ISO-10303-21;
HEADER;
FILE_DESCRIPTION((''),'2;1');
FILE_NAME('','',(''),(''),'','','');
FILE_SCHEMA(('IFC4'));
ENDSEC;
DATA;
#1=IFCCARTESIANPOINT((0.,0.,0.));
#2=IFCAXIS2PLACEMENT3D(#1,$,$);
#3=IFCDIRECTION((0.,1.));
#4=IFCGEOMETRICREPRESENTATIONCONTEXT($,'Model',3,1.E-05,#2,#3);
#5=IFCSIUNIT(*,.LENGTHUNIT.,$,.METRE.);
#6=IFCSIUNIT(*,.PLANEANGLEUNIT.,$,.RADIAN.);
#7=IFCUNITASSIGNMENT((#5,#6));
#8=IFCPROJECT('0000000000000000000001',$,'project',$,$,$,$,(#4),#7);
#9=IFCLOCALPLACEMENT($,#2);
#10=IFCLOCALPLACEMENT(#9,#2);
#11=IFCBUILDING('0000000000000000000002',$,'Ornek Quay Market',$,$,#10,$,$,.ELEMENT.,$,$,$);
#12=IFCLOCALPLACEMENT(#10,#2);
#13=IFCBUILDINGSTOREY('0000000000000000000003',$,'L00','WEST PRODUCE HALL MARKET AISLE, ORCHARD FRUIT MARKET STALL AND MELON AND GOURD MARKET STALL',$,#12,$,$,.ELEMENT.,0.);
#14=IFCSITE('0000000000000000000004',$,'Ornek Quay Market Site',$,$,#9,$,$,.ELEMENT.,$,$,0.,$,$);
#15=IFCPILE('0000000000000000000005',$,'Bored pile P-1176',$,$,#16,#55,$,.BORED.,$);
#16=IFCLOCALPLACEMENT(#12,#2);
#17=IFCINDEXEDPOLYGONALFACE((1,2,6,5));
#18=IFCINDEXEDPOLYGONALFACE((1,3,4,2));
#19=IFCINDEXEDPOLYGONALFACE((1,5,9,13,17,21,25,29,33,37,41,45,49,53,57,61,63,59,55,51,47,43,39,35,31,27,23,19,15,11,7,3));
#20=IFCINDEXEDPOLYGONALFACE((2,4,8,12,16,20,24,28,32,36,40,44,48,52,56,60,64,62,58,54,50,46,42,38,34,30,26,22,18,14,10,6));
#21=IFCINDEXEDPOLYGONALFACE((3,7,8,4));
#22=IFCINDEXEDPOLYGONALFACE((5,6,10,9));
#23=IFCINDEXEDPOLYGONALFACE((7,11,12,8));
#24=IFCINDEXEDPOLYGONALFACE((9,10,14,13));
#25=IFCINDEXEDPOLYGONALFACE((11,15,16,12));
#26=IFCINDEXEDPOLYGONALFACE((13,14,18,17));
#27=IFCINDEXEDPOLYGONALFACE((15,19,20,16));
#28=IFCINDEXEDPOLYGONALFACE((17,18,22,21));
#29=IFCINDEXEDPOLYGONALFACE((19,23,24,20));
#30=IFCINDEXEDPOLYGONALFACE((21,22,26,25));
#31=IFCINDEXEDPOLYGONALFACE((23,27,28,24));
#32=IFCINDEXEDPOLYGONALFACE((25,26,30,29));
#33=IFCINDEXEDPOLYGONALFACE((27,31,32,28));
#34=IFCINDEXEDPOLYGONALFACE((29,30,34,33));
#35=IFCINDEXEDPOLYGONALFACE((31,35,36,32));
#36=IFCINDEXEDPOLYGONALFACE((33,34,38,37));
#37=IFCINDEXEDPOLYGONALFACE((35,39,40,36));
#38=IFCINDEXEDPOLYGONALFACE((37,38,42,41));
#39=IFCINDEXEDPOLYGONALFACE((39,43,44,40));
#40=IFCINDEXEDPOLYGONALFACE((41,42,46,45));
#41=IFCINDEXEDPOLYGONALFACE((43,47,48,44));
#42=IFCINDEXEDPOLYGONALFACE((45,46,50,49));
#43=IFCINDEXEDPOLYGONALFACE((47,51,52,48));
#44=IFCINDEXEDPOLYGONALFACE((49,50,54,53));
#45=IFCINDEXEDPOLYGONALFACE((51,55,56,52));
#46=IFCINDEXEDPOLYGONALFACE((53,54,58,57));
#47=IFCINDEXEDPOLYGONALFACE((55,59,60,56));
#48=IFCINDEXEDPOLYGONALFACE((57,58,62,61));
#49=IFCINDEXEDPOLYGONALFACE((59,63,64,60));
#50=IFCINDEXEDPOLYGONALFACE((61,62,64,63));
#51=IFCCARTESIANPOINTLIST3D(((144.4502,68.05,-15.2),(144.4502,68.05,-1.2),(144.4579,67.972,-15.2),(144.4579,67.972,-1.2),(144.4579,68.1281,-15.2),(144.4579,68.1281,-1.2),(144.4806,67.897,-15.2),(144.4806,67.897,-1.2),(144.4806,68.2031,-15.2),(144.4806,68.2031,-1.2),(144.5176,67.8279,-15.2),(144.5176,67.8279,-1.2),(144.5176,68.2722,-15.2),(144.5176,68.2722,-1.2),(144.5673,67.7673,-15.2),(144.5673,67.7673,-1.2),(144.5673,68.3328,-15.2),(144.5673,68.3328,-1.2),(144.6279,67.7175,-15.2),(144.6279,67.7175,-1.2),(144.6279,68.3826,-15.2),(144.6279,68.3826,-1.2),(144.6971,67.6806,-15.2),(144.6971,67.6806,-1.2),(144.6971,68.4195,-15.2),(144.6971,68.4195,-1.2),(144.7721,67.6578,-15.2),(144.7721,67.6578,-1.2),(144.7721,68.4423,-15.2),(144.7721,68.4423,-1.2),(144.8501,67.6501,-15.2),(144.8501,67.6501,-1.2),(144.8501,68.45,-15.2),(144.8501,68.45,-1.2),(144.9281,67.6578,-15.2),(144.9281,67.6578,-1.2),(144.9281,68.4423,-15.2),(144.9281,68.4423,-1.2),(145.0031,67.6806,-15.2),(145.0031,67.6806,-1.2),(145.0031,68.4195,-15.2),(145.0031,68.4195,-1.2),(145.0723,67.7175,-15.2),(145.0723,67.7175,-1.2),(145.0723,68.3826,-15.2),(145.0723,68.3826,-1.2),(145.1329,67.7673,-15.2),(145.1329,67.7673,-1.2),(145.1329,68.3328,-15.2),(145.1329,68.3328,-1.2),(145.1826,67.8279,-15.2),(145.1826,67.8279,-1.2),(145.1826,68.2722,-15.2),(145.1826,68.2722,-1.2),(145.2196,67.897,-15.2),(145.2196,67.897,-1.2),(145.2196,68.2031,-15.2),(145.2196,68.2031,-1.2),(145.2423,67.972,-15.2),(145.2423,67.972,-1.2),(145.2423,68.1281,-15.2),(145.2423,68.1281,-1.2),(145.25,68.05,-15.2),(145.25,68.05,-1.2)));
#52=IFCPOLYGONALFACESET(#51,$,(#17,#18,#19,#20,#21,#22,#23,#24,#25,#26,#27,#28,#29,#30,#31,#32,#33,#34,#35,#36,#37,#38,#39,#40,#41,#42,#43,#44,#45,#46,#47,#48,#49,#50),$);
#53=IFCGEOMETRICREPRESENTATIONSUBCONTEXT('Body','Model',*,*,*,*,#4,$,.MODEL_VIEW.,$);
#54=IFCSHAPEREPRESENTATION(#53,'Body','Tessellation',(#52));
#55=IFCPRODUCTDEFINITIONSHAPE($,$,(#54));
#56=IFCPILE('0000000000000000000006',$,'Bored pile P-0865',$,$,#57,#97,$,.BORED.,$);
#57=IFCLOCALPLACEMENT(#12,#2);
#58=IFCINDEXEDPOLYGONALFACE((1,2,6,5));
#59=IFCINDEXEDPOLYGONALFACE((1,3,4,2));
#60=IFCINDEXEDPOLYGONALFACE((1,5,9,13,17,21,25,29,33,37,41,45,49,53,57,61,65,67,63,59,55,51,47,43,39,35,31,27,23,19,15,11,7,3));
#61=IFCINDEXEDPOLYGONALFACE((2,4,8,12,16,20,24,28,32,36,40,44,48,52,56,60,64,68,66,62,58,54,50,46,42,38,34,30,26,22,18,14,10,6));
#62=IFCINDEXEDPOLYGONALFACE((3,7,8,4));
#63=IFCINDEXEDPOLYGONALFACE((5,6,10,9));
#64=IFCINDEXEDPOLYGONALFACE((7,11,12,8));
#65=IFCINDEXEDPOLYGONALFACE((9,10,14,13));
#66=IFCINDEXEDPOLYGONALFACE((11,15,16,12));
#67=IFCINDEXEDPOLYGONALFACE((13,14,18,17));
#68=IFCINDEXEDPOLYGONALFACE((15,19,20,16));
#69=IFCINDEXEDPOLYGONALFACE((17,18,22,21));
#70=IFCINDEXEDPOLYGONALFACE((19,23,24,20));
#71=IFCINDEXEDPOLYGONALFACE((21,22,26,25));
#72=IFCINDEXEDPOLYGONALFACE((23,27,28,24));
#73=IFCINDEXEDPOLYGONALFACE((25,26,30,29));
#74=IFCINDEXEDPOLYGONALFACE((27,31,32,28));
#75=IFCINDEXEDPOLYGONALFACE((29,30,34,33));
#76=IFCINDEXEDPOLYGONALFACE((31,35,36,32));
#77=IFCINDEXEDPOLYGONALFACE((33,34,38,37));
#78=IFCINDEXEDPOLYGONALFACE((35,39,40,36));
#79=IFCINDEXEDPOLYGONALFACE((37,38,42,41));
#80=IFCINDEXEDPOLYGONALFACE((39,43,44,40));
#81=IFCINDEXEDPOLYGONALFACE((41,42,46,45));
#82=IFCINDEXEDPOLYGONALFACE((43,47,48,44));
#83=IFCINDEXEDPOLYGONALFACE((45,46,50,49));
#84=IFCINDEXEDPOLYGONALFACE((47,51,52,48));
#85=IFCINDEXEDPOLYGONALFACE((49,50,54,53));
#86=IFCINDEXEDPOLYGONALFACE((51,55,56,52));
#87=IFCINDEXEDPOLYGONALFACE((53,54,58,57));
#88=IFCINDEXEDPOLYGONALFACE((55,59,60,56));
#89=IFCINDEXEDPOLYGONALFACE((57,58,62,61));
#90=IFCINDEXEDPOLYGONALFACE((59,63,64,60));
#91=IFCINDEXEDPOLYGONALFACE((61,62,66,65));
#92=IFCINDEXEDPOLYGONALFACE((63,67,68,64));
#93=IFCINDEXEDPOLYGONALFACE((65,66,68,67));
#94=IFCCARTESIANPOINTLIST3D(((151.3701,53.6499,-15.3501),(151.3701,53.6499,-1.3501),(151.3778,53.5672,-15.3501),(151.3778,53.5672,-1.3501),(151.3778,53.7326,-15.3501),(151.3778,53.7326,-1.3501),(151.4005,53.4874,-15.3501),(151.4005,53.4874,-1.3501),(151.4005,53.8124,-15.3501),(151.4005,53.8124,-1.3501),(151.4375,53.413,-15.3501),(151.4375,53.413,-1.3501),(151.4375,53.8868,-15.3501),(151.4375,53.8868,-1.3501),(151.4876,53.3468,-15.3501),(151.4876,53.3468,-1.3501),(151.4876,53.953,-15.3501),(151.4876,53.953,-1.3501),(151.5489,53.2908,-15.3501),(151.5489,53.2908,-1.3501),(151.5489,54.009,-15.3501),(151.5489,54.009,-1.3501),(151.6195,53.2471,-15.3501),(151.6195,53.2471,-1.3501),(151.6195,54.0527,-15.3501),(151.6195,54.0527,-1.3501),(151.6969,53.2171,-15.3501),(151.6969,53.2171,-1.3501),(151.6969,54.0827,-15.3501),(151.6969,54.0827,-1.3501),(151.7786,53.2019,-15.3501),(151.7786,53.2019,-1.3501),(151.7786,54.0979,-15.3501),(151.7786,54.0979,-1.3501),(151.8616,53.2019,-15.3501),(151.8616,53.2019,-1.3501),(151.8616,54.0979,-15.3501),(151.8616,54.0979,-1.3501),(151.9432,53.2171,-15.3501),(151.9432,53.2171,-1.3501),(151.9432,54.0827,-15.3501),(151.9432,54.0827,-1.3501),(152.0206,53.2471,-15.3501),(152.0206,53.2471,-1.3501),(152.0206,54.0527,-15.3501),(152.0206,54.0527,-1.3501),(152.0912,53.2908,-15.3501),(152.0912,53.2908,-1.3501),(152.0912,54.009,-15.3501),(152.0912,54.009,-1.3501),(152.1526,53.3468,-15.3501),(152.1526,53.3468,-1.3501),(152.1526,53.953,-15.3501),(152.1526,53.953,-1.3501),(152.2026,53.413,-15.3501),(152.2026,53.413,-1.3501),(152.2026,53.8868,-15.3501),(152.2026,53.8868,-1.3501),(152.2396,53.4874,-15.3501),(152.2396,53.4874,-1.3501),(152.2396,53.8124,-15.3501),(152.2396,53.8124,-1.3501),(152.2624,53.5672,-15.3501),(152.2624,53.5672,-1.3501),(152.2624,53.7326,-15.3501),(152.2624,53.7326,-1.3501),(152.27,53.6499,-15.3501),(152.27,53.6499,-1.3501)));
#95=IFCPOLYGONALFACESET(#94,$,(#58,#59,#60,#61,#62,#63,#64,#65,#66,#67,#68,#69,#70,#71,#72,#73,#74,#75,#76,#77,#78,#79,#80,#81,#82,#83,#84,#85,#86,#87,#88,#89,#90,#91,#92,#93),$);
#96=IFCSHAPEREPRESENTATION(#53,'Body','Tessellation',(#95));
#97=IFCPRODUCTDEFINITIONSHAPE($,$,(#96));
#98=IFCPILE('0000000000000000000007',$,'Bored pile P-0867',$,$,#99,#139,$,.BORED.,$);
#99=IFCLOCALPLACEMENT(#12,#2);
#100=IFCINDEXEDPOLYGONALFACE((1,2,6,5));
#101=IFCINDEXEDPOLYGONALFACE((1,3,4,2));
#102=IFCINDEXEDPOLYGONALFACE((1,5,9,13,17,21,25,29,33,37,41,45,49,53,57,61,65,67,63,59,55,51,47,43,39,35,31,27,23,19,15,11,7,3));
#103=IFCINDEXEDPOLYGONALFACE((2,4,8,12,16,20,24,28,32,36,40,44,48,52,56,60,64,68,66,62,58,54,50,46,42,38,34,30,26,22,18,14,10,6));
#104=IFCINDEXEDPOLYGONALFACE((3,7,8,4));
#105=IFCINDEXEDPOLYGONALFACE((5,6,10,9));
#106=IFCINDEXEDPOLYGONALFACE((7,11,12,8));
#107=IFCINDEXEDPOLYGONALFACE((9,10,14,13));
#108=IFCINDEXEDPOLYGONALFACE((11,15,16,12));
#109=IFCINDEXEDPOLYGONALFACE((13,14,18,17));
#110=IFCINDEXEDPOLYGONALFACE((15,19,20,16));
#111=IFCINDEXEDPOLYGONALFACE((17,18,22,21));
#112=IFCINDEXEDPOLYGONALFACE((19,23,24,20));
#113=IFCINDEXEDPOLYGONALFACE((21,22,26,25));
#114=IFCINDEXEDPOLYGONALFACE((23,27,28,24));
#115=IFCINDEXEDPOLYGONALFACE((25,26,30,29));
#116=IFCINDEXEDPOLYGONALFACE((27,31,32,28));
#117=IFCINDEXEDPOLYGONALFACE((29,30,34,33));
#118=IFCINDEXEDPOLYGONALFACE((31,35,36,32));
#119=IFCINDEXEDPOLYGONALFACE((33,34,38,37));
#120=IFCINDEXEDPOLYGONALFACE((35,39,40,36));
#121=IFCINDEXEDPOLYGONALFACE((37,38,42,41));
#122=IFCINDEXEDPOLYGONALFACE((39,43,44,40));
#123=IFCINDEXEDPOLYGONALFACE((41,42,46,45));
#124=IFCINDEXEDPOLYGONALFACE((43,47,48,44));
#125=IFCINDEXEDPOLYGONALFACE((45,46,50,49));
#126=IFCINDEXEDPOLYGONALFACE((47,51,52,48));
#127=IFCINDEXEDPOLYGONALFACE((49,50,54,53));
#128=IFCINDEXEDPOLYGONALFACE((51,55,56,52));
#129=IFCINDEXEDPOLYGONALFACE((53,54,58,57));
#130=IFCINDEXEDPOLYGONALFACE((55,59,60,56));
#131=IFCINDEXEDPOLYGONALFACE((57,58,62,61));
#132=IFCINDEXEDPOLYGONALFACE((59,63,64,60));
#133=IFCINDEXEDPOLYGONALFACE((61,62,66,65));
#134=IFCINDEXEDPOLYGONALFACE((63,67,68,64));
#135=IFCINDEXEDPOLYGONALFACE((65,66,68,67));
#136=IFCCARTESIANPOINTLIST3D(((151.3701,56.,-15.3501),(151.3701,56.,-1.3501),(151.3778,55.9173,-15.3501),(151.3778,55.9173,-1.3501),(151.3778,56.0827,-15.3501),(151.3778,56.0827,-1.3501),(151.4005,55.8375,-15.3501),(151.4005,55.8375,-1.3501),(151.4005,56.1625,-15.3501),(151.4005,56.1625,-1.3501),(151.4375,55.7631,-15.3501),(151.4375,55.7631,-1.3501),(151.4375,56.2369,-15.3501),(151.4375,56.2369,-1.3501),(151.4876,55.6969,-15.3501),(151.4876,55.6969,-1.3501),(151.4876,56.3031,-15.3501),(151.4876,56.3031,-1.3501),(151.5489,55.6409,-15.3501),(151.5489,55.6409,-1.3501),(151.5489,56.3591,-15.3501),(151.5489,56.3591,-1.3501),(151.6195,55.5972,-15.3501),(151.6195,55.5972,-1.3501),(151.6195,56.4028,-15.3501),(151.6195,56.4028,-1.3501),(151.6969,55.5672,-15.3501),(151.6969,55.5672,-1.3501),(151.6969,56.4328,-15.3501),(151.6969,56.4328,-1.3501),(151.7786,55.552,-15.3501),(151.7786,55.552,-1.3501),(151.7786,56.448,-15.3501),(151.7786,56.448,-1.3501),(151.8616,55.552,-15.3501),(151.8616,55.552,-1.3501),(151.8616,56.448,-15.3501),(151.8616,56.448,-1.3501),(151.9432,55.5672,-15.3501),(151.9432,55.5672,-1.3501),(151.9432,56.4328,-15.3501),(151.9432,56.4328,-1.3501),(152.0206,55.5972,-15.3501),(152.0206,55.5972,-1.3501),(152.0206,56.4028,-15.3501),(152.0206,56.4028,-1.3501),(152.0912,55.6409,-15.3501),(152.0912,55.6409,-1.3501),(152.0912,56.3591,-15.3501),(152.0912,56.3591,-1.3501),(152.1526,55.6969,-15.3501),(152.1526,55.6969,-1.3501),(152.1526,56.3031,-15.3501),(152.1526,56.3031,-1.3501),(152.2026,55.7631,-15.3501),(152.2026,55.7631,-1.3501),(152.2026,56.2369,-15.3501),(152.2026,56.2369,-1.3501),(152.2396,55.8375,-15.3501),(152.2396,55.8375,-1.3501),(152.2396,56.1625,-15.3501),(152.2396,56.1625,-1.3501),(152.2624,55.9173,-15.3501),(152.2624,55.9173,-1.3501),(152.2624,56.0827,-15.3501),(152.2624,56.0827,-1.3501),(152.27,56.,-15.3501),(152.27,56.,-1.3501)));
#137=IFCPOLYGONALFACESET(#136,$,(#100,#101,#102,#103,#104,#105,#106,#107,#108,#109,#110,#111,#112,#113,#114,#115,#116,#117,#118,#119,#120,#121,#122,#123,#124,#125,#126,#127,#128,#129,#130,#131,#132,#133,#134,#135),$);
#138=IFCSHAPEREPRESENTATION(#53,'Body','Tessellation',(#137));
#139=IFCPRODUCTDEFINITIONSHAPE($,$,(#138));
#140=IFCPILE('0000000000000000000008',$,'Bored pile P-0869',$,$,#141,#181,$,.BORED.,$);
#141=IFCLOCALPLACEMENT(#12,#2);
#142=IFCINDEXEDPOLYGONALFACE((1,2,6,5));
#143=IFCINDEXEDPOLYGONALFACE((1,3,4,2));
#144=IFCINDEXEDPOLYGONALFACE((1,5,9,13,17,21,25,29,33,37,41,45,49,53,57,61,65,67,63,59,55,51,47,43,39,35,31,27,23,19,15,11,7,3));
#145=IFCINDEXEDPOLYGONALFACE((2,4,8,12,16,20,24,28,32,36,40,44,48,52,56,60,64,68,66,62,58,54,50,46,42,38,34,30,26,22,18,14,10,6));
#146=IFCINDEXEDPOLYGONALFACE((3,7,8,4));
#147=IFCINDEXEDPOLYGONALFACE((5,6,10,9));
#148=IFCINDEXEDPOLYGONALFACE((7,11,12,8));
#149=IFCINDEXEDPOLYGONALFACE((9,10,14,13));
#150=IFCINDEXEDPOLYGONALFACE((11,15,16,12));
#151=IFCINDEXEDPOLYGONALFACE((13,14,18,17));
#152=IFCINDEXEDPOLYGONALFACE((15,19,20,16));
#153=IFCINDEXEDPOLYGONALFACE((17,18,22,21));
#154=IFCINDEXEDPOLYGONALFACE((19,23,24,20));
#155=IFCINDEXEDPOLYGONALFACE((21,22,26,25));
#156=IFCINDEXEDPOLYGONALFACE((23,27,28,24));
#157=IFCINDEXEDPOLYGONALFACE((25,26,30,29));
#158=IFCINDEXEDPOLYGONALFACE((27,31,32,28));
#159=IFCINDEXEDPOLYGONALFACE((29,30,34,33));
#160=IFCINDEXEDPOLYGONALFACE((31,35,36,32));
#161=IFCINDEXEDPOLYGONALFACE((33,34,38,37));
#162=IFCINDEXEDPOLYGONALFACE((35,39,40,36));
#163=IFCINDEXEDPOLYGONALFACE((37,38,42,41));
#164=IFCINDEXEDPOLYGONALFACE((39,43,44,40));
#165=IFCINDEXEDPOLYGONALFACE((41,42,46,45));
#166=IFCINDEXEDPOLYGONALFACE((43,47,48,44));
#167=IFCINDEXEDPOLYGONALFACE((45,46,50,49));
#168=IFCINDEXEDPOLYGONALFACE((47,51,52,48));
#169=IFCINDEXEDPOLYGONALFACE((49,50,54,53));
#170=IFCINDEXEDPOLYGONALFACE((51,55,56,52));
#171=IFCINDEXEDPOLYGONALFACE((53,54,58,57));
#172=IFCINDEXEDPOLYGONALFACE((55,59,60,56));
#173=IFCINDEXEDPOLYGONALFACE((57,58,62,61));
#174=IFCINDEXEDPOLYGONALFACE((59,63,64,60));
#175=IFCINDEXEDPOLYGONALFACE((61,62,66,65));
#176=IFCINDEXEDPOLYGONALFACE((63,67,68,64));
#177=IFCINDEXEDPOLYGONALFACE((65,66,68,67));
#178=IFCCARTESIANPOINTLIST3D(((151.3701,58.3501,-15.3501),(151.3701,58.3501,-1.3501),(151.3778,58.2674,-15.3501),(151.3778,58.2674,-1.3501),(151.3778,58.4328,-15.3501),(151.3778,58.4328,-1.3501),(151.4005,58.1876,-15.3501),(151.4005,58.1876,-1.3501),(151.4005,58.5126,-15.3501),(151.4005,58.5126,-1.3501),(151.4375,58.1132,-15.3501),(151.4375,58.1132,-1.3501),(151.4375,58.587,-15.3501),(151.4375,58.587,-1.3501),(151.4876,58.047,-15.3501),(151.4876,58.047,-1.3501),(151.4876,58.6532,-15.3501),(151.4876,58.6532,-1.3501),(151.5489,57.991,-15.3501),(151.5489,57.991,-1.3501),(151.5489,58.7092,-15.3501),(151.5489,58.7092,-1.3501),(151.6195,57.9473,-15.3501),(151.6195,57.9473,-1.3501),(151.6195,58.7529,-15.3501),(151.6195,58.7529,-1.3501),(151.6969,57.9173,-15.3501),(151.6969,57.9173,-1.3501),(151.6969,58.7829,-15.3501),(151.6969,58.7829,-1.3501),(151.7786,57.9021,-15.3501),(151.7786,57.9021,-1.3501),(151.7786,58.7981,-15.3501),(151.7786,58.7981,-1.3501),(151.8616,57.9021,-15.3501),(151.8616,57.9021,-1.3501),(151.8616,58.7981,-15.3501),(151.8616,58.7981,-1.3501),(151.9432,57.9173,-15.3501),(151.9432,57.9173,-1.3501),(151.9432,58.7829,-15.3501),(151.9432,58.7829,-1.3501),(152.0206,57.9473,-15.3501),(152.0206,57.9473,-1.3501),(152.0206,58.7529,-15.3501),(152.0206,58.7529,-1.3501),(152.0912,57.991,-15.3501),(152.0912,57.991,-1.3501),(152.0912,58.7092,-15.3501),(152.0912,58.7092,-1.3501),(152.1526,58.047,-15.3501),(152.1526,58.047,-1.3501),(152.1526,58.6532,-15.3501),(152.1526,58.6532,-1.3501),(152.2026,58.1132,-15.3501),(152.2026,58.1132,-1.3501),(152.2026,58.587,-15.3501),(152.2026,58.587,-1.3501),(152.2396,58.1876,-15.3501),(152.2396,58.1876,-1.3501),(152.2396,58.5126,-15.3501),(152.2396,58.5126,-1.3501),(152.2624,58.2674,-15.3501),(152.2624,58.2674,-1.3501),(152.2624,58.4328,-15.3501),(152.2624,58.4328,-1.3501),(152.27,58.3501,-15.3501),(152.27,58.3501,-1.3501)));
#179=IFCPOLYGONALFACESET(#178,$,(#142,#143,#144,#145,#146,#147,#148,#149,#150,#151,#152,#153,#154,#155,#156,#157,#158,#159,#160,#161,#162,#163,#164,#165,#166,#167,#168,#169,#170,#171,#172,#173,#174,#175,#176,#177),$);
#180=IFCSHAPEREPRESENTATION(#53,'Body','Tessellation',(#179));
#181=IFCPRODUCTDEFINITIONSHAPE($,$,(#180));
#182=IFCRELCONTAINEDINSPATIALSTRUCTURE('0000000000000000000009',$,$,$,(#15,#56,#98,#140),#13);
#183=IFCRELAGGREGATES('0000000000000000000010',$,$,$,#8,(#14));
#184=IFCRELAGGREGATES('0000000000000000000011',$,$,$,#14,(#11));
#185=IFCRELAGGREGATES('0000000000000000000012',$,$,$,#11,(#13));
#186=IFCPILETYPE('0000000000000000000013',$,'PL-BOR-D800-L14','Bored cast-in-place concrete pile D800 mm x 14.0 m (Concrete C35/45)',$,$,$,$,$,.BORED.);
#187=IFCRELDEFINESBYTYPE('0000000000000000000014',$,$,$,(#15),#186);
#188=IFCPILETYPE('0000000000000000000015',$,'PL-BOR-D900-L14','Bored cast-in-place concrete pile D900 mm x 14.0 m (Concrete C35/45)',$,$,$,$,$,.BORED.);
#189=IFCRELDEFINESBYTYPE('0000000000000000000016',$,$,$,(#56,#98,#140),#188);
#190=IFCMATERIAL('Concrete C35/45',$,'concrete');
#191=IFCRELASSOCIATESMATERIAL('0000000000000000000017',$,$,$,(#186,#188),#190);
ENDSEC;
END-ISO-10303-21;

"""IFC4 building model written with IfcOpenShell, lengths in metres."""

from ifc_helpers import new_model, si_unit, direction, frame, origin, origin_2d, place, context, subcontext, project, spatial, circle, extrude, material, material_profile, profile_set, type_object, element, save


model = new_model("IFC4")

# Units and contexts
model_context = context("Model", 3, precision=1e-05, world=origin(), true_north=direction((0.0, 1.0)))
body_context = subcontext(model_context, "Body", "Model", "MODEL_VIEW")
ifc_project = project(units=[si_unit("LENGTHUNIT", "METRE"), si_unit("PLANEANGLEUNIT", "RADIAN")], contexts=[model_context])

# Site, building, storey
site_placement = place(None, origin())
site = spatial("IfcSite", under=ifc_project, at=site_placement, Name="Ornek Quay Market Site", CompositionType="ELEMENT", RefElevation=0.0)
building_placement = place(site_placement, origin())
building = spatial("IfcBuilding", under=site, at=building_placement, Name="Ornek Quay Market", CompositionType="ELEMENT")
storey_placement = place(building_placement, origin())
storey = spatial("IfcBuildingStorey", under=building, at=storey_placement, Name="L00", Description="WEST PRODUCE HALL MARKET AISLE, ORCHARD FRUIT MARKET STALL AND MELON AND GOURD MARKET STALL", CompositionType="ELEMENT", Elevation=0.0)

# Piles
ifc_material_1 = material(Name="Concrete C35/45", Category="concrete")
ifc_material_profile_1 = material_profile(ifc_material_1, circle(Radius=0.3999, at=origin_2d()), Name="PILE D800", Category="concrete")
ifc_profile_set_1 = profile_set([ifc_material_profile_1], Name="Concrete C35/45")
pile_type_1 = type_object("IfcPileType", Name="PL-BOR-D800-L14", Description="Bored cast-in-place concrete pile D800 mm x 14.0 m (Concrete C35/45)", PredefinedType="BORED", material=ifc_profile_set_1)
for number, where, z_axis, x_axis, name in (
    (1, (144.8501, 68.05, -1.2), (0.0, 0.0, -1.0), (1.0, 0.0, 0.0), "Bored pile P-1176"),
):
    element("IfcPile", number, at=place(storey_placement, frame(where, z_axis=z_axis, x_axis=x_axis)), inside=storey, type_object=pile_type_1, Name=name, PredefinedType="BORED", context=body_context, shape_type="SweptSolid", body=[
        extrude(circle(Radius=0.3999, at=origin_2d()), origin(), (0.0, 0.0, 1.0), 14.0),
    ])
ifc_material_profile_2 = material_profile(ifc_material_1, circle(Radius=0.45, at=origin_2d()), Name="PILE D900", Category="concrete")
ifc_profile_set_2 = profile_set([ifc_material_profile_2], Name="Concrete C35/45")
pile_type_2 = type_object("IfcPileType", Name="PL-BOR-D900-L14", Description="Bored cast-in-place concrete pile D900 mm x 14.0 m (Concrete C35/45)", PredefinedType="BORED", material=ifc_profile_set_2)
for number, where, z_axis, x_axis, name in (
    (2, (151.8201, 53.6499, -1.3501), (0.0, 0.0, -1.0), (1.0, 0.0, 0.0), "Bored pile P-0865"),
    (3, (151.8201, 56.0, -1.3501), (0.0, 0.0, -1.0), (1.0, 0.0, 0.0), "Bored pile P-0867"),
    (4, (151.8201, 58.3501, -1.3501), (0.0, 0.0, -1.0), (1.0, 0.0, 0.0), "Bored pile P-0869"),
):
    element("IfcPile", number, at=place(storey_placement, frame(where, z_axis=z_axis, x_axis=x_axis)), inside=storey, type_object=pile_type_2, Name=name, PredefinedType="BORED", context=body_context, shape_type="SweptSolid", body=[
        extrude(circle(Radius=0.45, at=origin_2d()), origin(), (0.0, 0.0, 1.0), 14.0),
    ])

save(model, "model.ifc")
